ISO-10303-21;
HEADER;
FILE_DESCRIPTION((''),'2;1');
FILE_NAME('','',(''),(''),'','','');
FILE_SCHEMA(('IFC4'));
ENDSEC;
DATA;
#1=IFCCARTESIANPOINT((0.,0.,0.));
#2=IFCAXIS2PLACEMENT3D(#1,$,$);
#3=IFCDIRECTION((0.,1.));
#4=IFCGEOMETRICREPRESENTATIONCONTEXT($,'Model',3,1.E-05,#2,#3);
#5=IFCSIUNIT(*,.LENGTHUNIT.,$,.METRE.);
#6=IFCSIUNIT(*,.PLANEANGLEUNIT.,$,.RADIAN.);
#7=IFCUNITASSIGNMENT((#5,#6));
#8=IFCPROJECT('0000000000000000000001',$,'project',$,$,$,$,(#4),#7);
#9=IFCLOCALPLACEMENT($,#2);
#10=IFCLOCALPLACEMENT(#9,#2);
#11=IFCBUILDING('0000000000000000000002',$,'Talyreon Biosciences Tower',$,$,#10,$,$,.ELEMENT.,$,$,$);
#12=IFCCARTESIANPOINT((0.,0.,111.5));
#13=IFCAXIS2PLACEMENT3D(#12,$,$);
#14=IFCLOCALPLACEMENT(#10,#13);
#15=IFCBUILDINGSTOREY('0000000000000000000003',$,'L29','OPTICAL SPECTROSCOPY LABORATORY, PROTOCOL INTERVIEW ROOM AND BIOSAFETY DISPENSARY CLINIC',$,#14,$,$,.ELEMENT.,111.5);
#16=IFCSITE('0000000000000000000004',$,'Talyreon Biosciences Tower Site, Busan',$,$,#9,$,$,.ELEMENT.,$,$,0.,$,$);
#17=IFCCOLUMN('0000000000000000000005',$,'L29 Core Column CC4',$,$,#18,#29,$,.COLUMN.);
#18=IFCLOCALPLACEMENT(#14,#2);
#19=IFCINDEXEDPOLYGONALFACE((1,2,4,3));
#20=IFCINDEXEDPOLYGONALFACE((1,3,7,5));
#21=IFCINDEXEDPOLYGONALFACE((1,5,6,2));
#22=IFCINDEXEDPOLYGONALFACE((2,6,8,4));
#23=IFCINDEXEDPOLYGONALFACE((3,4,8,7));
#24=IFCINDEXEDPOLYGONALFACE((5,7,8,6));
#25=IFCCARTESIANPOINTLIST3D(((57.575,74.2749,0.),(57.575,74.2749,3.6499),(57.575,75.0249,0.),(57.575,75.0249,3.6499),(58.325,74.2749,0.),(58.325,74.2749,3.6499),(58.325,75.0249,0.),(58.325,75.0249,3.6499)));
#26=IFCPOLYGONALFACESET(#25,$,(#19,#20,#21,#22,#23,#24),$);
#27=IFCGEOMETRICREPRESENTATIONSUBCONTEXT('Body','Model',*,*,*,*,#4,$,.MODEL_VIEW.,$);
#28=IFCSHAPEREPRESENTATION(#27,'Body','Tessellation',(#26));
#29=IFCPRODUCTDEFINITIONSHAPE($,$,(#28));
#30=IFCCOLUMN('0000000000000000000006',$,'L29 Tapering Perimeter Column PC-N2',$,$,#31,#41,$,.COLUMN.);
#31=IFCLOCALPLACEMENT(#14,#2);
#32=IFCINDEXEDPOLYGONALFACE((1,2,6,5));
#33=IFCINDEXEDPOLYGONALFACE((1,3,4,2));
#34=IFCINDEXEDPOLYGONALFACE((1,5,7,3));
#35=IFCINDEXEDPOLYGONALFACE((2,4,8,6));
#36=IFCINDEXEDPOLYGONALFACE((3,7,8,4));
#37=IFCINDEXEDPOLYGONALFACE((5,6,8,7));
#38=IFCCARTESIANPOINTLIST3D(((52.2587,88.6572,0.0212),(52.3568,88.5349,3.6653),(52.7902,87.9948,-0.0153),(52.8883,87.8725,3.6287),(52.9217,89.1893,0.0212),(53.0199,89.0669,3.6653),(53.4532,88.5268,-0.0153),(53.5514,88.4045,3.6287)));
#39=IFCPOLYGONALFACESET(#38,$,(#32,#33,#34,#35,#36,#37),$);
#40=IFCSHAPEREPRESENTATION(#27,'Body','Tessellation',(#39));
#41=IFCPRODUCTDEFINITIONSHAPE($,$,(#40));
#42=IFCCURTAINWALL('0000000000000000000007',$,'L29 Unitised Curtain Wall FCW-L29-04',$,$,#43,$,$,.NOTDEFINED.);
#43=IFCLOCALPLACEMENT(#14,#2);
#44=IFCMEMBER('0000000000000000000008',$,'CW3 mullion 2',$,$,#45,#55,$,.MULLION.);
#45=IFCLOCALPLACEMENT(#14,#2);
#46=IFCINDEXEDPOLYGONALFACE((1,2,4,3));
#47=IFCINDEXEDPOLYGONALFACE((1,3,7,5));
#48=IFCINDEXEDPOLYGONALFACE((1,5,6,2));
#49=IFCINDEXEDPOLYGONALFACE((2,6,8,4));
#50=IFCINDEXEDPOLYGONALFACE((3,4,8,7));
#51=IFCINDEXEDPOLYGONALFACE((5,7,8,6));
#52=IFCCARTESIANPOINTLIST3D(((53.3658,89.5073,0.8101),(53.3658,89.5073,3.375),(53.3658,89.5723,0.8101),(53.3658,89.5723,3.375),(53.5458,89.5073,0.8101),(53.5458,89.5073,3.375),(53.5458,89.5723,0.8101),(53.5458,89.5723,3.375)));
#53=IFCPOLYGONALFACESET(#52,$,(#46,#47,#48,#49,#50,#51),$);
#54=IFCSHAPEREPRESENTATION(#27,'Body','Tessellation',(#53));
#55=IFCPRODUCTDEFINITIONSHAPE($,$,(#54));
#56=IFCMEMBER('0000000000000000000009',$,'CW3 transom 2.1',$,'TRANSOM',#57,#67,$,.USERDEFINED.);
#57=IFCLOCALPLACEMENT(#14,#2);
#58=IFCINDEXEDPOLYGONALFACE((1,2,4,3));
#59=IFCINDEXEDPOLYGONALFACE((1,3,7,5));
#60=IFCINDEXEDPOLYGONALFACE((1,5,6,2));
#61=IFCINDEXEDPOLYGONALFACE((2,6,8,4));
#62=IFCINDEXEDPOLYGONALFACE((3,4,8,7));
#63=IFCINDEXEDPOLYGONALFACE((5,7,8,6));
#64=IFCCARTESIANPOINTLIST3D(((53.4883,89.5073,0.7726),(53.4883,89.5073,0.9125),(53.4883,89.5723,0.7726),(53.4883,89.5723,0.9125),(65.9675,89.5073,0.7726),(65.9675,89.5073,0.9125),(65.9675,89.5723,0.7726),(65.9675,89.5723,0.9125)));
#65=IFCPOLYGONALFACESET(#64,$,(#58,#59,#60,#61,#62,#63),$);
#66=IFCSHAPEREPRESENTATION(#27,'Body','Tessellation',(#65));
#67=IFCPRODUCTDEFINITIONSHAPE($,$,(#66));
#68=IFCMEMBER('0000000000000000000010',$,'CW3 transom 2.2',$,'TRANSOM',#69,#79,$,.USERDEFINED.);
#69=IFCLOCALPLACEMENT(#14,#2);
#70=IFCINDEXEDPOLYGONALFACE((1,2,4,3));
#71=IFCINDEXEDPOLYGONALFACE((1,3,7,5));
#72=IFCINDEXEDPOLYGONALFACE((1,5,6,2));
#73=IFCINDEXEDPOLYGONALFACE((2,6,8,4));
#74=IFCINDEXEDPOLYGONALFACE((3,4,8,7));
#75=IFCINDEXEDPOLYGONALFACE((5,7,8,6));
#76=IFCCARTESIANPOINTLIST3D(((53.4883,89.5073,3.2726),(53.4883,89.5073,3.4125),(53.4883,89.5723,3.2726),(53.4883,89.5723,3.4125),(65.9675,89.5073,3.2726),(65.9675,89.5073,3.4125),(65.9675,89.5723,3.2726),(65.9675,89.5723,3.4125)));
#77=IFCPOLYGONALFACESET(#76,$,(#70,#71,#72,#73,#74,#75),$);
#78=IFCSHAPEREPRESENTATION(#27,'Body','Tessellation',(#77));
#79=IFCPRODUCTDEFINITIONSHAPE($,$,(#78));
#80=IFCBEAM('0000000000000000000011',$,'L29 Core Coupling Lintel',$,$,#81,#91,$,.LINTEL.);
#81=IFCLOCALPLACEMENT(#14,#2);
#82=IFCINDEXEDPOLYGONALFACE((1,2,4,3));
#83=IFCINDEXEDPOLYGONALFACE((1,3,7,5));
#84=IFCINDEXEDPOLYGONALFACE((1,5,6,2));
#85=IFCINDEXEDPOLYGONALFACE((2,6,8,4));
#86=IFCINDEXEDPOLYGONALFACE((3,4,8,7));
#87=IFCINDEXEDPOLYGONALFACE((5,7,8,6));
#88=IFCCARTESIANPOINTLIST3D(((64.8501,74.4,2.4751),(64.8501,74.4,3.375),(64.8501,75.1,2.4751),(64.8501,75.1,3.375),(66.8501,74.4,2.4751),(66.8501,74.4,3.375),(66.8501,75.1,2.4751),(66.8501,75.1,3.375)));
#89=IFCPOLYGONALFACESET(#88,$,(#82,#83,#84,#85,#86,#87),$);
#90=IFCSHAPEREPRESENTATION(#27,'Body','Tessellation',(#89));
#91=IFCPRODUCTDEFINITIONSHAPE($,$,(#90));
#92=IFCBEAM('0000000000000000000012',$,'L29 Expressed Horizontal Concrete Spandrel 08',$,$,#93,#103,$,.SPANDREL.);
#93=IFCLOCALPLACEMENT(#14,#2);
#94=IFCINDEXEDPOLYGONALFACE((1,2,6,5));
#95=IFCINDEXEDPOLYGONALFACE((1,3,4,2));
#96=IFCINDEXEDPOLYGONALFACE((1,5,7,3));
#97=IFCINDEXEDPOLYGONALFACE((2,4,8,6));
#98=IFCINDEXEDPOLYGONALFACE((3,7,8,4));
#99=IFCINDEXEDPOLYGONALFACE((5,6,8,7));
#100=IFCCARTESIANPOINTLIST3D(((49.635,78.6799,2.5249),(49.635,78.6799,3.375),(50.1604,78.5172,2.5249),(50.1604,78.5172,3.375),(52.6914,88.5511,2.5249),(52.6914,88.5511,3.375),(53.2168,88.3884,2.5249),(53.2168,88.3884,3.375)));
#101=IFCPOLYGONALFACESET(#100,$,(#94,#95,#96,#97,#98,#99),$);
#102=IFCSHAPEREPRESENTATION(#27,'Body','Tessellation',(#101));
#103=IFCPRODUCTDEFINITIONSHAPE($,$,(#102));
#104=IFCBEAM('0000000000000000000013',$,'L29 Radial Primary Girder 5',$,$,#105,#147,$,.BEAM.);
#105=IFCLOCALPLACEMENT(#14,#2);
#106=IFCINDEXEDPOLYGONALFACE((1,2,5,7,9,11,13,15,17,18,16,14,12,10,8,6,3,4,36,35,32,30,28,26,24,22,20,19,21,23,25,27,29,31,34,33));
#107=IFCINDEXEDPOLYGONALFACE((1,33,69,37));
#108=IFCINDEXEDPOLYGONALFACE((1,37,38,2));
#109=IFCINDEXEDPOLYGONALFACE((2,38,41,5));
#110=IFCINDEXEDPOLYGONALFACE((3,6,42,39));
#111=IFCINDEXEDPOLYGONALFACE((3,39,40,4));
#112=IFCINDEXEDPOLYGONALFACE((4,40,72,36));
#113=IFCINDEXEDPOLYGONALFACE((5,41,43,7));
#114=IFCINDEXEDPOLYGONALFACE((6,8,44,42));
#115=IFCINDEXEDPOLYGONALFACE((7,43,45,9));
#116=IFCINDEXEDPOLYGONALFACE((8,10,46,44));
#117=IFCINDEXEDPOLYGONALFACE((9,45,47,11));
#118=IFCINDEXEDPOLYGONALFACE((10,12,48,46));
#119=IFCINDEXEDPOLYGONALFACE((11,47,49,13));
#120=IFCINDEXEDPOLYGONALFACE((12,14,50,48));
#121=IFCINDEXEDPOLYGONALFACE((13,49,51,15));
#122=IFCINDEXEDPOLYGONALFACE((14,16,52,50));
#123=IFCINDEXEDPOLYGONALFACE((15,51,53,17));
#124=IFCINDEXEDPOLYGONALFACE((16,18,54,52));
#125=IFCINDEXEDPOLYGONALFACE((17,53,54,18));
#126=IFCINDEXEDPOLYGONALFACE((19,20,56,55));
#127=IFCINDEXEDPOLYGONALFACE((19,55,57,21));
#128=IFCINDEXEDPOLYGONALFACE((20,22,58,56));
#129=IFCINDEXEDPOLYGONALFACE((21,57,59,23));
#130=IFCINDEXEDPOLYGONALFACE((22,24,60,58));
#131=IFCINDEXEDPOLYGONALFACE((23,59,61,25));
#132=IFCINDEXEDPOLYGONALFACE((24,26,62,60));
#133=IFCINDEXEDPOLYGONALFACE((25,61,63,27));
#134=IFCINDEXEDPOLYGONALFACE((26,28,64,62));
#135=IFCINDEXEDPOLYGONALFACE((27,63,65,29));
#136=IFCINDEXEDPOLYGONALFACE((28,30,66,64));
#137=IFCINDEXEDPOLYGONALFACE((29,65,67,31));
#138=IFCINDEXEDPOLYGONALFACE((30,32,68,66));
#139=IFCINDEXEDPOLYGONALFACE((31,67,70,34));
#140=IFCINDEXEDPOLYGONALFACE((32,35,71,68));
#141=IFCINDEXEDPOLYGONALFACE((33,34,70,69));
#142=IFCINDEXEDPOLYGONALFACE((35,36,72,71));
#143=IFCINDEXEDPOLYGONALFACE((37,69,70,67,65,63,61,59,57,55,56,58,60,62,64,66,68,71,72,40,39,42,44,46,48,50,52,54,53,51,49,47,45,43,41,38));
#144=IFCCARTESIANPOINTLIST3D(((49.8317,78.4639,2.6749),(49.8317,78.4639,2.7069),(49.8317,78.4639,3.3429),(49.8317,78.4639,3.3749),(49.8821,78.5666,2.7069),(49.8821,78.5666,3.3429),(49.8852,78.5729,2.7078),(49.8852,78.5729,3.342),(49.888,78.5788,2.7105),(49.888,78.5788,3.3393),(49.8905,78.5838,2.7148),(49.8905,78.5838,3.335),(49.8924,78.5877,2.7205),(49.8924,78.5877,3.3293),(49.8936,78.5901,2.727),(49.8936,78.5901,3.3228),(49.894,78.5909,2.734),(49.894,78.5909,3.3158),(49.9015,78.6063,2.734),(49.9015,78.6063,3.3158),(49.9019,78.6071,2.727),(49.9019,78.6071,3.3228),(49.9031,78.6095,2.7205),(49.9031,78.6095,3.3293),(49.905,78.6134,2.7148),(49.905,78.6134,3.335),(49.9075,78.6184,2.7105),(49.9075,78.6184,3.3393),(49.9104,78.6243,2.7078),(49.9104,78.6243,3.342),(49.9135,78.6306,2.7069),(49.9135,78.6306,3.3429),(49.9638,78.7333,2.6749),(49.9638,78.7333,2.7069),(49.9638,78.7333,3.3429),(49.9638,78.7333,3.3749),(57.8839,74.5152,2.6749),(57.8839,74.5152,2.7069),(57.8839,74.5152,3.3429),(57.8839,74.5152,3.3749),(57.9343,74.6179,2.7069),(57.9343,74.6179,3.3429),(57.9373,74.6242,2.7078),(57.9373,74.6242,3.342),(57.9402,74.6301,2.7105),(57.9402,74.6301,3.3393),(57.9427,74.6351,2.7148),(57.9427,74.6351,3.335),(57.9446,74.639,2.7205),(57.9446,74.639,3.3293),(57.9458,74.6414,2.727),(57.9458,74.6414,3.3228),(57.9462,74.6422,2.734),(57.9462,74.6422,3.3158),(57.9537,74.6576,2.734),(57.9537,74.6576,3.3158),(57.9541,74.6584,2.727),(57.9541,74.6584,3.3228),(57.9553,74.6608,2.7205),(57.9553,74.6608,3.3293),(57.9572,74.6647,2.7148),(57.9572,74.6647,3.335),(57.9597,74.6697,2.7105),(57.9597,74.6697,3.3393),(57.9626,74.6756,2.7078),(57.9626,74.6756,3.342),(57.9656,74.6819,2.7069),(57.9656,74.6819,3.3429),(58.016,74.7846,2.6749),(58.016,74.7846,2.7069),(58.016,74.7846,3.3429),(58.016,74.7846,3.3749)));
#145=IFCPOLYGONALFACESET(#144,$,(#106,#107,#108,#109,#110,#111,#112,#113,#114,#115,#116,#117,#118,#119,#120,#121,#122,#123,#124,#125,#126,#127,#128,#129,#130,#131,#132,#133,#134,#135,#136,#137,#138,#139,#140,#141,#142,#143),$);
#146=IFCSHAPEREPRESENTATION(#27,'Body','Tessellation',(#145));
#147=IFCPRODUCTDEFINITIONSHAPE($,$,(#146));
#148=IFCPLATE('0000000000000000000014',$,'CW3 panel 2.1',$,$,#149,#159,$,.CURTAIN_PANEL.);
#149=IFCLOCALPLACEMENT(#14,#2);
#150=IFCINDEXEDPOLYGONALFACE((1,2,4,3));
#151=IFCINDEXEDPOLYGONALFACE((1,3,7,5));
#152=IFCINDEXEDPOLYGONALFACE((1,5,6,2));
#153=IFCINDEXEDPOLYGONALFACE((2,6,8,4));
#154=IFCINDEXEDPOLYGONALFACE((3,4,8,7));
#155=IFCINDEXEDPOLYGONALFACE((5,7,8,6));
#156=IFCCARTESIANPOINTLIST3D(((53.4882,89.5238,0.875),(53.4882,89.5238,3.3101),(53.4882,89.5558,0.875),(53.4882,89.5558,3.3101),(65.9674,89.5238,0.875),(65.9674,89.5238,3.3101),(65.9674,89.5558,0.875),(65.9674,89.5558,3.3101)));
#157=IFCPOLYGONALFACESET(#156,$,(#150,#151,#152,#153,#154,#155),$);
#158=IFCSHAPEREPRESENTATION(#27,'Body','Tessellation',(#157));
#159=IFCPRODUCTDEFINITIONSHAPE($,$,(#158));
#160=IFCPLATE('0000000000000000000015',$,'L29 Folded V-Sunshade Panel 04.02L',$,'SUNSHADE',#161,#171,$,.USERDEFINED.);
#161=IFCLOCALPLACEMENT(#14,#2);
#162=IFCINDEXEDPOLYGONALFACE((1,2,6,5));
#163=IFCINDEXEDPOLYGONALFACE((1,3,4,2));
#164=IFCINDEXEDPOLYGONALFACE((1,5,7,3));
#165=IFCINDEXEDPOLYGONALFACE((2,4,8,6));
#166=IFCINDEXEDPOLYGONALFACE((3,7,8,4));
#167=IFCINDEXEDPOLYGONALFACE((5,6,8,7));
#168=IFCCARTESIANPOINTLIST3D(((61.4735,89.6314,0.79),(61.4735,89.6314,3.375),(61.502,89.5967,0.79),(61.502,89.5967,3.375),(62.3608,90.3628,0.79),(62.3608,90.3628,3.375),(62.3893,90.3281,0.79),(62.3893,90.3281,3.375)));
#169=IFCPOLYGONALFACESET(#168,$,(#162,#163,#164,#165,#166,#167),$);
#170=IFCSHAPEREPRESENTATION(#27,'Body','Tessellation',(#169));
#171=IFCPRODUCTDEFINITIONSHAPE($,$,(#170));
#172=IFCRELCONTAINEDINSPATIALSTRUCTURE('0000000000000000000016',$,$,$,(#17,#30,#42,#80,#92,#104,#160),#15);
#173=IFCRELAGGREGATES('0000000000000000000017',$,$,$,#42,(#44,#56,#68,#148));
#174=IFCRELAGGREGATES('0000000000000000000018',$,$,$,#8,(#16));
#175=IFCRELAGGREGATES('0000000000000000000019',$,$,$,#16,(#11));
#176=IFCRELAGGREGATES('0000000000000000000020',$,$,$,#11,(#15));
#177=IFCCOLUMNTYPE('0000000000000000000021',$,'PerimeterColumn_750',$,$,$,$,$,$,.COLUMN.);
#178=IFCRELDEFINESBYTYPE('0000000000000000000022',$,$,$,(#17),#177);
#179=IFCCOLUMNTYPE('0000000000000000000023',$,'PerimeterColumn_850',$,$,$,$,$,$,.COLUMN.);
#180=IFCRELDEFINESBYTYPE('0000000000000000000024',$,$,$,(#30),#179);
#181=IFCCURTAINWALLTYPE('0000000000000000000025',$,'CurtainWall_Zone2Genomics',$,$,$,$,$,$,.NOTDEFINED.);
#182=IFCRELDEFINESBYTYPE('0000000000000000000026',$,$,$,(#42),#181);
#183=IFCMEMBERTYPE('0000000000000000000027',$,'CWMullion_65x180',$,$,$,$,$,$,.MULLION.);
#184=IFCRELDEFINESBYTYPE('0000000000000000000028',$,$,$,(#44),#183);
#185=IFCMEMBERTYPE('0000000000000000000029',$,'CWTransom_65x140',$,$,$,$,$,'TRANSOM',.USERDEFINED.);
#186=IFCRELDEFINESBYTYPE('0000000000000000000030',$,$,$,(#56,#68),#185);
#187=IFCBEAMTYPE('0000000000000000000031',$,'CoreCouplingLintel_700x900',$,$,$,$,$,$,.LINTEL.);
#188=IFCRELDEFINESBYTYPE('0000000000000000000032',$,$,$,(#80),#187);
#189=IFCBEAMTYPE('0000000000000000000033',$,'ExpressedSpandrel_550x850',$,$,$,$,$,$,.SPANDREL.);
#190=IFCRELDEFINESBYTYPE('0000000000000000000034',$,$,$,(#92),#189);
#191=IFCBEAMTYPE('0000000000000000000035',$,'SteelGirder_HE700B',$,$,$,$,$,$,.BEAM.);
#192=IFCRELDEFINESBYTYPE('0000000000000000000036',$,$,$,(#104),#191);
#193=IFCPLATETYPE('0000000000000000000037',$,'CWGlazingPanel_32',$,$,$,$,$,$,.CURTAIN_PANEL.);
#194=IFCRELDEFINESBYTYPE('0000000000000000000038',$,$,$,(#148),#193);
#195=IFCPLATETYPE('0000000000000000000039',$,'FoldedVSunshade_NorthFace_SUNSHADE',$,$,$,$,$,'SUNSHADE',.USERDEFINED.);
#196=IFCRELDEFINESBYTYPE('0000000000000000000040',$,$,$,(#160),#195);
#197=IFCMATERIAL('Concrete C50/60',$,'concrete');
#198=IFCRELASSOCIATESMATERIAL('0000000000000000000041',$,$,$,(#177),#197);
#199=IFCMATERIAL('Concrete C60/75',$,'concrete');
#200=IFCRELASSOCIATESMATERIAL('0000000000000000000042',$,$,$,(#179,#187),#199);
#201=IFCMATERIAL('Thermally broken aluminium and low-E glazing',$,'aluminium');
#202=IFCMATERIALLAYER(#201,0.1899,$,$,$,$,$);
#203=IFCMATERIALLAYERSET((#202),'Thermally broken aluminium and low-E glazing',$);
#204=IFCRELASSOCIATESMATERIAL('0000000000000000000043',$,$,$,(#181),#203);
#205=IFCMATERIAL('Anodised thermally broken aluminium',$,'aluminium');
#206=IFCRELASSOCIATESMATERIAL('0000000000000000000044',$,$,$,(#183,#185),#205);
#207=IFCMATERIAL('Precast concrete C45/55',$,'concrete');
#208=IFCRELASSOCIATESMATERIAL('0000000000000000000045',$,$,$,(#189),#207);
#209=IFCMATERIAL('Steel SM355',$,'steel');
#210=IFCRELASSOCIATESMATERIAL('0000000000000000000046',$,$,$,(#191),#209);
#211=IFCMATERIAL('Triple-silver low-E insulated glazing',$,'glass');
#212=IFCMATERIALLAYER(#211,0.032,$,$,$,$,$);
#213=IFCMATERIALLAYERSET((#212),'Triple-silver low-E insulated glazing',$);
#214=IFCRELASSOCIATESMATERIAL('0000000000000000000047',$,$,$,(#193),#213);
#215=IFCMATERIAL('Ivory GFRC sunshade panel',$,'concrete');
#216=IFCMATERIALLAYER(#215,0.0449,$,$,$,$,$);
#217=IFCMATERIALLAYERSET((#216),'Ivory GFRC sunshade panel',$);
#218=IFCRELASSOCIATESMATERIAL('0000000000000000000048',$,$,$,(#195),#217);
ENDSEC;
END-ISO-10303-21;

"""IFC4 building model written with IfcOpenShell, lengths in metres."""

from ifc_helpers import new_model, si_unit, direction, frame, origin, origin_2d, place, context, subcontext, project, spatial, rectangle, i_section, extrude, material, layer, layer_set, material_profile, profile_set, type_object, element, aggregate, save


model = new_model("IFC4")

# Units and contexts
model_context = context("Model", 3, precision=1e-05, world=origin(), true_north=direction((0.0, 1.0)))
body_context = subcontext(model_context, "Body", "Model", "MODEL_VIEW")
ifc_project = project(units=[si_unit("LENGTHUNIT", "METRE"), si_unit("PLANEANGLEUNIT", "RADIAN")], contexts=[model_context])

# Site, building, storey
site_placement = place(None, origin())
site = spatial("IfcSite", under=ifc_project, at=site_placement, Name="Talyreon Biosciences Tower Site, Busan", CompositionType="ELEMENT", RefElevation=0.0)
building_placement = place(site_placement, origin())
building = spatial("IfcBuilding", under=site, at=building_placement, Name="Talyreon Biosciences Tower", CompositionType="ELEMENT")
storey_placement = place(building_placement, frame((0.0, 0.0, 111.5)))
storey = spatial("IfcBuildingStorey", under=building, at=storey_placement, Name="L29", Description="OPTICAL SPECTROSCOPY LABORATORY, PROTOCOL INTERVIEW ROOM AND BIOSAFETY DISPENSARY CLINIC", CompositionType="ELEMENT", Elevation=111.5)

# Columns
ifc_material_1 = material(Name="Concrete C50/60", Category="concrete")
ifc_material_profile_1 = material_profile(ifc_material_1, rectangle(XDim=0.75, YDim=0.75, at=origin_2d()), Name="RC 750x750")
ifc_profile_set_1 = profile_set([ifc_material_profile_1], Name="Concrete C50/60")
column_type_1 = type_object("IfcColumnType", Name="PerimeterColumn_750", PredefinedType="COLUMN", material=ifc_profile_set_1)
column_1_placement = place(storey_placement, frame((57.95, 74.6499, 0.0), z_axis=(0.0, 0.0, 1.0), x_axis=(1.0, 0.0, 0.0)))
element("IfcColumn", 1, at=column_1_placement, inside=storey, type_object=column_type_1, Name="L29 Core Column CC4", PredefinedType="COLUMN", context=body_context, shape_type="SweptSolid", body=[
    extrude(rectangle(XDim=0.75, YDim=0.75, at=origin_2d()), origin(), (0.0, 0.0, 1.0), 3.6499),
])
ifc_material_2 = material(Name="Concrete C60/75", Category="concrete")
ifc_material_profile_2 = material_profile(ifc_material_2, rectangle(XDim=0.8501, YDim=0.8501, at=origin_2d()), Name="RC 850x850")
ifc_profile_set_2 = profile_set([ifc_material_profile_2], Name="Concrete C60/75")
column_type_2 = type_object("IfcColumnType", Name="PerimeterColumn_850", PredefinedType="COLUMN", material=ifc_profile_set_2)
column_2_placement = place(storey_placement, frame((52.856, 88.592, 0.0029), z_axis=(0.026908, -0.033535, 0.999075), x_axis=(-0.779957, -0.625834, 0.0)))
element("IfcColumn", 2, at=column_2_placement, inside=storey, type_object=column_type_2, Name="L29 Tapering Perimeter Column PC-N2", PredefinedType="COLUMN", context=body_context, shape_type="SweptSolid", body=[
    extrude(rectangle(XDim=0.8501, YDim=0.8501, at=origin_2d()), origin(), (0.0, 0.0, 1.0), 3.6475),
])

# Curtain wall, members
ifc_material_3 = material(Name="Thermally broken aluminium and low-E glazing", Category="aluminium")
ifc_layer_1 = layer(ifc_material_3, 0.1899)
ifc_layer_set_1 = layer_set([ifc_layer_1], Name="Thermally broken aluminium and low-E glazing")
curtain_wall_type = type_object("IfcCurtainWallType", Name="CurtainWall_Zone2Genomics", PredefinedType="NOTDEFINED", material=ifc_layer_set_1)
curtain_wall_placement = place(storey_placement, origin())
curtain_wall = element("IfcCurtainWall", 3, at=curtain_wall_placement, inside=storey, type_object=curtain_wall_type, Name="L29 Unitised Curtain Wall FCW-L29-04", PredefinedType="NOTDEFINED")
ifc_material_4 = material(Name="Anodised thermally broken aluminium", Category="aluminium")
ifc_material_profile_3 = material_profile(ifc_material_4, rectangle(XDim=0.0649, YDim=0.1799, at=origin_2d()), Name="ALUM MULLION 65x180")
ifc_profile_set_3 = profile_set([ifc_material_profile_3], Name="Anodised thermally broken aluminium")
member_type_1 = type_object("IfcMemberType", Name="CWMullion_65x180", PredefinedType="MULLION", material=ifc_profile_set_3)
member_1_placement = place(storey_placement, frame((53.4558, 89.5398, 0.8101), z_axis=(0.0, 0.0, 1.0), x_axis=(0.0, 1.0, 0.0)))
member_1 = element("IfcMember", 4, at=member_1_placement, type_object=member_type_1, Name="CW3 mullion 2", PredefinedType="MULLION", context=body_context, shape_type="SweptSolid", body=[
    extrude(rectangle(XDim=0.0649, YDim=0.1799, at=origin_2d()), origin(), (0.0, 0.0, 1.0), 2.5649),
])
ifc_material_profile_4 = material_profile(ifc_material_4, rectangle(XDim=0.0649, YDim=0.1399, at=origin_2d()), Name="ALUM TRANSOM 65x140")
ifc_profile_set_4 = profile_set([ifc_material_profile_4], Name="Anodised thermally broken aluminium")
member_type_2 = type_object("IfcMemberType", Name="CWTransom_65x140", ElementType="TRANSOM", PredefinedType="USERDEFINED", material=ifc_profile_set_4)
member_2_placement = place(storey_placement, frame((53.4883, 89.5398, 0.8425), z_axis=(1.0, 0.0, 0.0), x_axis=(0.0, 1.0, 0.0)))
member_2 = element("IfcMember", 5, at=member_2_placement, type_object=member_type_2, Name="CW3 transom 2.1", ObjectType="TRANSOM", PredefinedType="USERDEFINED", context=body_context, shape_type="SweptSolid", body=[
    extrude(rectangle(XDim=0.0649, YDim=0.1399, at=origin_2d()), origin(), (0.0, 0.0, 1.0), 12.4792),
])
member_3_placement = place(storey_placement, frame((53.4883, 89.5398, 3.3425), z_axis=(1.0, 0.0, 0.0), x_axis=(0.0, 1.0, 0.0)))
member_3 = element("IfcMember", 6, at=member_3_placement, type_object=member_type_2, Name="CW3 transom 2.2", ObjectType="TRANSOM", PredefinedType="USERDEFINED", context=body_context, shape_type="SweptSolid", body=[
    extrude(rectangle(XDim=0.0649, YDim=0.1399, at=origin_2d()), origin(), (0.0, 0.0, 1.0), 12.4792),
])

# Beams
ifc_material_profile_5 = material_profile(ifc_material_2, rectangle(XDim=0.7, YDim=0.8999, at=origin_2d()), Name="RCB 700x900")
ifc_profile_set_5 = profile_set([ifc_material_profile_5], Name="Concrete C60/75")
beam_type_1 = type_object("IfcBeamType", Name="CoreCouplingLintel_700x900", PredefinedType="LINTEL", material=ifc_profile_set_5)
beam_1_placement = place(storey_placement, frame((64.8501, 74.75, 2.925), z_axis=(1.0, 0.0, 0.0), x_axis=(0.0, 1.0, 0.0)))
element("IfcBeam", 7, at=beam_1_placement, inside=storey, type_object=beam_type_1, Name="L29 Core Coupling Lintel", PredefinedType="LINTEL", context=body_context, shape_type="SweptSolid", body=[
    extrude(rectangle(XDim=0.7, YDim=0.8999, at=origin_2d()), origin(), (0.0, 0.0, 1.0), 2.0),
])
ifc_material_5 = material(Name="Precast concrete C45/55", Category="concrete")
ifc_material_profile_6 = material_profile(ifc_material_5, rectangle(XDim=0.55, YDim=0.8501, at=origin_2d()), Name="RCB 550x850")
ifc_profile_set_6 = profile_set([ifc_material_profile_6], Name="Precast concrete C45/55")
beam_type_2 = type_object("IfcBeamType", Name="ExpressedSpandrel_550x850", PredefinedType="SPANDREL", material=ifc_profile_set_6)
beam_2_placement = place(storey_placement, frame((52.9541, 88.4697, 2.95), z_axis=(-0.295777, -0.955257, 0.0), x_axis=(0.955257, -0.295777, 0.0)))
element("IfcBeam", 8, at=beam_2_placement, inside=storey, type_object=beam_type_2, Name="L29 Expressed Horizontal Concrete Spandrel 08", PredefinedType="SPANDREL", context=body_context, shape_type="SweptSolid", body=[
    extrude(rectangle(XDim=0.55, YDim=0.8501, at=origin_2d()), origin(), (0.0, 0.0, 1.0), 10.3335),
])
ifc_material_6 = material(Name="Steel SM355", Category="steel")
ifc_material_profile_7 = material_profile(ifc_material_6, i_section(OverallWidth=0.3, OverallDepth=0.7, WebThickness=0.0171, FlangeThickness=0.032, FilletRadius=0.0271, at=origin_2d()), Name="HE700B")
ifc_profile_set_7 = profile_set([ifc_material_profile_7], Name="Steel SM355")
beam_type_3 = type_object("IfcBeamType", Name="SteelGirder_HE700B", PredefinedType="BEAM", material=ifc_profile_set_7)
beam_3_placement = place(storey_placement, frame((57.95, 74.6499, 3.0249), z_axis=(-0.897852, 0.440297, 0.0), x_axis=(-0.440297, -0.897852, 0.0)))
element("IfcBeam", 9, at=beam_3_placement, inside=storey, type_object=beam_type_3, Name="L29 Radial Primary Girder 5", PredefinedType="BEAM", context=body_context, shape_type="SweptSolid", body=[
    extrude(i_section(OverallWidth=0.3, OverallDepth=0.7, WebThickness=0.0171, FlangeThickness=0.032, FilletRadius=0.0271, at=origin_2d()), origin(), (0.0, 0.0, 1.0), 8.9683),
])

# Plate
ifc_material_7 = material(Name="Triple-silver low-E insulated glazing", Category="glass")
ifc_layer_2 = layer(ifc_material_7, 0.032)
ifc_layer_set_2 = layer_set([ifc_layer_2], Name="Triple-silver low-E insulated glazing")
plate_type_1 = type_object("IfcPlateType", Name="CWGlazingPanel_32", PredefinedType="CURTAIN_PANEL", material=ifc_layer_set_2)
plate_placement = place(storey_placement, frame((59.7278, 89.5398, 0.875), z_axis=(0.0, 0.0, 1.0), x_axis=(1.0, 0.0, 0.0)))
plate = element("IfcPlate", 10, at=plate_placement, type_object=plate_type_1, Name="CW3 panel 2.1", PredefinedType="CURTAIN_PANEL", context=body_context, shape_type="SweptSolid", body=[
    extrude(rectangle(XDim=12.4792, YDim=0.032, at=origin_2d()), origin(), (0.0, 0.0, 1.0), 2.4351),
])
aggregate(curtain_wall, [member_1, member_2, member_3, plate])

# Plate
ifc_material_8 = material(Name="Ivory GFRC sunshade panel", Category="concrete")
ifc_layer_3 = layer(ifc_material_8, 0.0449)
ifc_layer_set_3 = layer_set([ifc_layer_3], Name="Ivory GFRC sunshade panel")
plate_type_2 = type_object("IfcPlateType", Name="FoldedVSunshade_NorthFace_SUNSHADE", ElementType="SUNSHADE", PredefinedType="USERDEFINED", material=ifc_layer_set_3)
for number, where, z_axis, x_axis, name in (
    (11, (61.9314, 89.9797, 0.79), (0.0, 0.0, 1.0), (0.771625, 0.636078, 0.0), "L29 Folded V-Sunshade Panel 04.02L"),
):
    element("IfcPlate", number, at=place(storey_placement, frame(where, z_axis=z_axis, x_axis=x_axis)), inside=storey, type_object=plate_type_2, Name=name, ObjectType="SUNSHADE", PredefinedType="USERDEFINED", context=body_context, shape_type="SweptSolid", body=[
        extrude(rectangle(XDim=1.1499, YDim=0.0449, at=origin_2d()), origin(), (0.0, 0.0, 1.0), 2.585),
    ])

save(model, "model.ifc")
